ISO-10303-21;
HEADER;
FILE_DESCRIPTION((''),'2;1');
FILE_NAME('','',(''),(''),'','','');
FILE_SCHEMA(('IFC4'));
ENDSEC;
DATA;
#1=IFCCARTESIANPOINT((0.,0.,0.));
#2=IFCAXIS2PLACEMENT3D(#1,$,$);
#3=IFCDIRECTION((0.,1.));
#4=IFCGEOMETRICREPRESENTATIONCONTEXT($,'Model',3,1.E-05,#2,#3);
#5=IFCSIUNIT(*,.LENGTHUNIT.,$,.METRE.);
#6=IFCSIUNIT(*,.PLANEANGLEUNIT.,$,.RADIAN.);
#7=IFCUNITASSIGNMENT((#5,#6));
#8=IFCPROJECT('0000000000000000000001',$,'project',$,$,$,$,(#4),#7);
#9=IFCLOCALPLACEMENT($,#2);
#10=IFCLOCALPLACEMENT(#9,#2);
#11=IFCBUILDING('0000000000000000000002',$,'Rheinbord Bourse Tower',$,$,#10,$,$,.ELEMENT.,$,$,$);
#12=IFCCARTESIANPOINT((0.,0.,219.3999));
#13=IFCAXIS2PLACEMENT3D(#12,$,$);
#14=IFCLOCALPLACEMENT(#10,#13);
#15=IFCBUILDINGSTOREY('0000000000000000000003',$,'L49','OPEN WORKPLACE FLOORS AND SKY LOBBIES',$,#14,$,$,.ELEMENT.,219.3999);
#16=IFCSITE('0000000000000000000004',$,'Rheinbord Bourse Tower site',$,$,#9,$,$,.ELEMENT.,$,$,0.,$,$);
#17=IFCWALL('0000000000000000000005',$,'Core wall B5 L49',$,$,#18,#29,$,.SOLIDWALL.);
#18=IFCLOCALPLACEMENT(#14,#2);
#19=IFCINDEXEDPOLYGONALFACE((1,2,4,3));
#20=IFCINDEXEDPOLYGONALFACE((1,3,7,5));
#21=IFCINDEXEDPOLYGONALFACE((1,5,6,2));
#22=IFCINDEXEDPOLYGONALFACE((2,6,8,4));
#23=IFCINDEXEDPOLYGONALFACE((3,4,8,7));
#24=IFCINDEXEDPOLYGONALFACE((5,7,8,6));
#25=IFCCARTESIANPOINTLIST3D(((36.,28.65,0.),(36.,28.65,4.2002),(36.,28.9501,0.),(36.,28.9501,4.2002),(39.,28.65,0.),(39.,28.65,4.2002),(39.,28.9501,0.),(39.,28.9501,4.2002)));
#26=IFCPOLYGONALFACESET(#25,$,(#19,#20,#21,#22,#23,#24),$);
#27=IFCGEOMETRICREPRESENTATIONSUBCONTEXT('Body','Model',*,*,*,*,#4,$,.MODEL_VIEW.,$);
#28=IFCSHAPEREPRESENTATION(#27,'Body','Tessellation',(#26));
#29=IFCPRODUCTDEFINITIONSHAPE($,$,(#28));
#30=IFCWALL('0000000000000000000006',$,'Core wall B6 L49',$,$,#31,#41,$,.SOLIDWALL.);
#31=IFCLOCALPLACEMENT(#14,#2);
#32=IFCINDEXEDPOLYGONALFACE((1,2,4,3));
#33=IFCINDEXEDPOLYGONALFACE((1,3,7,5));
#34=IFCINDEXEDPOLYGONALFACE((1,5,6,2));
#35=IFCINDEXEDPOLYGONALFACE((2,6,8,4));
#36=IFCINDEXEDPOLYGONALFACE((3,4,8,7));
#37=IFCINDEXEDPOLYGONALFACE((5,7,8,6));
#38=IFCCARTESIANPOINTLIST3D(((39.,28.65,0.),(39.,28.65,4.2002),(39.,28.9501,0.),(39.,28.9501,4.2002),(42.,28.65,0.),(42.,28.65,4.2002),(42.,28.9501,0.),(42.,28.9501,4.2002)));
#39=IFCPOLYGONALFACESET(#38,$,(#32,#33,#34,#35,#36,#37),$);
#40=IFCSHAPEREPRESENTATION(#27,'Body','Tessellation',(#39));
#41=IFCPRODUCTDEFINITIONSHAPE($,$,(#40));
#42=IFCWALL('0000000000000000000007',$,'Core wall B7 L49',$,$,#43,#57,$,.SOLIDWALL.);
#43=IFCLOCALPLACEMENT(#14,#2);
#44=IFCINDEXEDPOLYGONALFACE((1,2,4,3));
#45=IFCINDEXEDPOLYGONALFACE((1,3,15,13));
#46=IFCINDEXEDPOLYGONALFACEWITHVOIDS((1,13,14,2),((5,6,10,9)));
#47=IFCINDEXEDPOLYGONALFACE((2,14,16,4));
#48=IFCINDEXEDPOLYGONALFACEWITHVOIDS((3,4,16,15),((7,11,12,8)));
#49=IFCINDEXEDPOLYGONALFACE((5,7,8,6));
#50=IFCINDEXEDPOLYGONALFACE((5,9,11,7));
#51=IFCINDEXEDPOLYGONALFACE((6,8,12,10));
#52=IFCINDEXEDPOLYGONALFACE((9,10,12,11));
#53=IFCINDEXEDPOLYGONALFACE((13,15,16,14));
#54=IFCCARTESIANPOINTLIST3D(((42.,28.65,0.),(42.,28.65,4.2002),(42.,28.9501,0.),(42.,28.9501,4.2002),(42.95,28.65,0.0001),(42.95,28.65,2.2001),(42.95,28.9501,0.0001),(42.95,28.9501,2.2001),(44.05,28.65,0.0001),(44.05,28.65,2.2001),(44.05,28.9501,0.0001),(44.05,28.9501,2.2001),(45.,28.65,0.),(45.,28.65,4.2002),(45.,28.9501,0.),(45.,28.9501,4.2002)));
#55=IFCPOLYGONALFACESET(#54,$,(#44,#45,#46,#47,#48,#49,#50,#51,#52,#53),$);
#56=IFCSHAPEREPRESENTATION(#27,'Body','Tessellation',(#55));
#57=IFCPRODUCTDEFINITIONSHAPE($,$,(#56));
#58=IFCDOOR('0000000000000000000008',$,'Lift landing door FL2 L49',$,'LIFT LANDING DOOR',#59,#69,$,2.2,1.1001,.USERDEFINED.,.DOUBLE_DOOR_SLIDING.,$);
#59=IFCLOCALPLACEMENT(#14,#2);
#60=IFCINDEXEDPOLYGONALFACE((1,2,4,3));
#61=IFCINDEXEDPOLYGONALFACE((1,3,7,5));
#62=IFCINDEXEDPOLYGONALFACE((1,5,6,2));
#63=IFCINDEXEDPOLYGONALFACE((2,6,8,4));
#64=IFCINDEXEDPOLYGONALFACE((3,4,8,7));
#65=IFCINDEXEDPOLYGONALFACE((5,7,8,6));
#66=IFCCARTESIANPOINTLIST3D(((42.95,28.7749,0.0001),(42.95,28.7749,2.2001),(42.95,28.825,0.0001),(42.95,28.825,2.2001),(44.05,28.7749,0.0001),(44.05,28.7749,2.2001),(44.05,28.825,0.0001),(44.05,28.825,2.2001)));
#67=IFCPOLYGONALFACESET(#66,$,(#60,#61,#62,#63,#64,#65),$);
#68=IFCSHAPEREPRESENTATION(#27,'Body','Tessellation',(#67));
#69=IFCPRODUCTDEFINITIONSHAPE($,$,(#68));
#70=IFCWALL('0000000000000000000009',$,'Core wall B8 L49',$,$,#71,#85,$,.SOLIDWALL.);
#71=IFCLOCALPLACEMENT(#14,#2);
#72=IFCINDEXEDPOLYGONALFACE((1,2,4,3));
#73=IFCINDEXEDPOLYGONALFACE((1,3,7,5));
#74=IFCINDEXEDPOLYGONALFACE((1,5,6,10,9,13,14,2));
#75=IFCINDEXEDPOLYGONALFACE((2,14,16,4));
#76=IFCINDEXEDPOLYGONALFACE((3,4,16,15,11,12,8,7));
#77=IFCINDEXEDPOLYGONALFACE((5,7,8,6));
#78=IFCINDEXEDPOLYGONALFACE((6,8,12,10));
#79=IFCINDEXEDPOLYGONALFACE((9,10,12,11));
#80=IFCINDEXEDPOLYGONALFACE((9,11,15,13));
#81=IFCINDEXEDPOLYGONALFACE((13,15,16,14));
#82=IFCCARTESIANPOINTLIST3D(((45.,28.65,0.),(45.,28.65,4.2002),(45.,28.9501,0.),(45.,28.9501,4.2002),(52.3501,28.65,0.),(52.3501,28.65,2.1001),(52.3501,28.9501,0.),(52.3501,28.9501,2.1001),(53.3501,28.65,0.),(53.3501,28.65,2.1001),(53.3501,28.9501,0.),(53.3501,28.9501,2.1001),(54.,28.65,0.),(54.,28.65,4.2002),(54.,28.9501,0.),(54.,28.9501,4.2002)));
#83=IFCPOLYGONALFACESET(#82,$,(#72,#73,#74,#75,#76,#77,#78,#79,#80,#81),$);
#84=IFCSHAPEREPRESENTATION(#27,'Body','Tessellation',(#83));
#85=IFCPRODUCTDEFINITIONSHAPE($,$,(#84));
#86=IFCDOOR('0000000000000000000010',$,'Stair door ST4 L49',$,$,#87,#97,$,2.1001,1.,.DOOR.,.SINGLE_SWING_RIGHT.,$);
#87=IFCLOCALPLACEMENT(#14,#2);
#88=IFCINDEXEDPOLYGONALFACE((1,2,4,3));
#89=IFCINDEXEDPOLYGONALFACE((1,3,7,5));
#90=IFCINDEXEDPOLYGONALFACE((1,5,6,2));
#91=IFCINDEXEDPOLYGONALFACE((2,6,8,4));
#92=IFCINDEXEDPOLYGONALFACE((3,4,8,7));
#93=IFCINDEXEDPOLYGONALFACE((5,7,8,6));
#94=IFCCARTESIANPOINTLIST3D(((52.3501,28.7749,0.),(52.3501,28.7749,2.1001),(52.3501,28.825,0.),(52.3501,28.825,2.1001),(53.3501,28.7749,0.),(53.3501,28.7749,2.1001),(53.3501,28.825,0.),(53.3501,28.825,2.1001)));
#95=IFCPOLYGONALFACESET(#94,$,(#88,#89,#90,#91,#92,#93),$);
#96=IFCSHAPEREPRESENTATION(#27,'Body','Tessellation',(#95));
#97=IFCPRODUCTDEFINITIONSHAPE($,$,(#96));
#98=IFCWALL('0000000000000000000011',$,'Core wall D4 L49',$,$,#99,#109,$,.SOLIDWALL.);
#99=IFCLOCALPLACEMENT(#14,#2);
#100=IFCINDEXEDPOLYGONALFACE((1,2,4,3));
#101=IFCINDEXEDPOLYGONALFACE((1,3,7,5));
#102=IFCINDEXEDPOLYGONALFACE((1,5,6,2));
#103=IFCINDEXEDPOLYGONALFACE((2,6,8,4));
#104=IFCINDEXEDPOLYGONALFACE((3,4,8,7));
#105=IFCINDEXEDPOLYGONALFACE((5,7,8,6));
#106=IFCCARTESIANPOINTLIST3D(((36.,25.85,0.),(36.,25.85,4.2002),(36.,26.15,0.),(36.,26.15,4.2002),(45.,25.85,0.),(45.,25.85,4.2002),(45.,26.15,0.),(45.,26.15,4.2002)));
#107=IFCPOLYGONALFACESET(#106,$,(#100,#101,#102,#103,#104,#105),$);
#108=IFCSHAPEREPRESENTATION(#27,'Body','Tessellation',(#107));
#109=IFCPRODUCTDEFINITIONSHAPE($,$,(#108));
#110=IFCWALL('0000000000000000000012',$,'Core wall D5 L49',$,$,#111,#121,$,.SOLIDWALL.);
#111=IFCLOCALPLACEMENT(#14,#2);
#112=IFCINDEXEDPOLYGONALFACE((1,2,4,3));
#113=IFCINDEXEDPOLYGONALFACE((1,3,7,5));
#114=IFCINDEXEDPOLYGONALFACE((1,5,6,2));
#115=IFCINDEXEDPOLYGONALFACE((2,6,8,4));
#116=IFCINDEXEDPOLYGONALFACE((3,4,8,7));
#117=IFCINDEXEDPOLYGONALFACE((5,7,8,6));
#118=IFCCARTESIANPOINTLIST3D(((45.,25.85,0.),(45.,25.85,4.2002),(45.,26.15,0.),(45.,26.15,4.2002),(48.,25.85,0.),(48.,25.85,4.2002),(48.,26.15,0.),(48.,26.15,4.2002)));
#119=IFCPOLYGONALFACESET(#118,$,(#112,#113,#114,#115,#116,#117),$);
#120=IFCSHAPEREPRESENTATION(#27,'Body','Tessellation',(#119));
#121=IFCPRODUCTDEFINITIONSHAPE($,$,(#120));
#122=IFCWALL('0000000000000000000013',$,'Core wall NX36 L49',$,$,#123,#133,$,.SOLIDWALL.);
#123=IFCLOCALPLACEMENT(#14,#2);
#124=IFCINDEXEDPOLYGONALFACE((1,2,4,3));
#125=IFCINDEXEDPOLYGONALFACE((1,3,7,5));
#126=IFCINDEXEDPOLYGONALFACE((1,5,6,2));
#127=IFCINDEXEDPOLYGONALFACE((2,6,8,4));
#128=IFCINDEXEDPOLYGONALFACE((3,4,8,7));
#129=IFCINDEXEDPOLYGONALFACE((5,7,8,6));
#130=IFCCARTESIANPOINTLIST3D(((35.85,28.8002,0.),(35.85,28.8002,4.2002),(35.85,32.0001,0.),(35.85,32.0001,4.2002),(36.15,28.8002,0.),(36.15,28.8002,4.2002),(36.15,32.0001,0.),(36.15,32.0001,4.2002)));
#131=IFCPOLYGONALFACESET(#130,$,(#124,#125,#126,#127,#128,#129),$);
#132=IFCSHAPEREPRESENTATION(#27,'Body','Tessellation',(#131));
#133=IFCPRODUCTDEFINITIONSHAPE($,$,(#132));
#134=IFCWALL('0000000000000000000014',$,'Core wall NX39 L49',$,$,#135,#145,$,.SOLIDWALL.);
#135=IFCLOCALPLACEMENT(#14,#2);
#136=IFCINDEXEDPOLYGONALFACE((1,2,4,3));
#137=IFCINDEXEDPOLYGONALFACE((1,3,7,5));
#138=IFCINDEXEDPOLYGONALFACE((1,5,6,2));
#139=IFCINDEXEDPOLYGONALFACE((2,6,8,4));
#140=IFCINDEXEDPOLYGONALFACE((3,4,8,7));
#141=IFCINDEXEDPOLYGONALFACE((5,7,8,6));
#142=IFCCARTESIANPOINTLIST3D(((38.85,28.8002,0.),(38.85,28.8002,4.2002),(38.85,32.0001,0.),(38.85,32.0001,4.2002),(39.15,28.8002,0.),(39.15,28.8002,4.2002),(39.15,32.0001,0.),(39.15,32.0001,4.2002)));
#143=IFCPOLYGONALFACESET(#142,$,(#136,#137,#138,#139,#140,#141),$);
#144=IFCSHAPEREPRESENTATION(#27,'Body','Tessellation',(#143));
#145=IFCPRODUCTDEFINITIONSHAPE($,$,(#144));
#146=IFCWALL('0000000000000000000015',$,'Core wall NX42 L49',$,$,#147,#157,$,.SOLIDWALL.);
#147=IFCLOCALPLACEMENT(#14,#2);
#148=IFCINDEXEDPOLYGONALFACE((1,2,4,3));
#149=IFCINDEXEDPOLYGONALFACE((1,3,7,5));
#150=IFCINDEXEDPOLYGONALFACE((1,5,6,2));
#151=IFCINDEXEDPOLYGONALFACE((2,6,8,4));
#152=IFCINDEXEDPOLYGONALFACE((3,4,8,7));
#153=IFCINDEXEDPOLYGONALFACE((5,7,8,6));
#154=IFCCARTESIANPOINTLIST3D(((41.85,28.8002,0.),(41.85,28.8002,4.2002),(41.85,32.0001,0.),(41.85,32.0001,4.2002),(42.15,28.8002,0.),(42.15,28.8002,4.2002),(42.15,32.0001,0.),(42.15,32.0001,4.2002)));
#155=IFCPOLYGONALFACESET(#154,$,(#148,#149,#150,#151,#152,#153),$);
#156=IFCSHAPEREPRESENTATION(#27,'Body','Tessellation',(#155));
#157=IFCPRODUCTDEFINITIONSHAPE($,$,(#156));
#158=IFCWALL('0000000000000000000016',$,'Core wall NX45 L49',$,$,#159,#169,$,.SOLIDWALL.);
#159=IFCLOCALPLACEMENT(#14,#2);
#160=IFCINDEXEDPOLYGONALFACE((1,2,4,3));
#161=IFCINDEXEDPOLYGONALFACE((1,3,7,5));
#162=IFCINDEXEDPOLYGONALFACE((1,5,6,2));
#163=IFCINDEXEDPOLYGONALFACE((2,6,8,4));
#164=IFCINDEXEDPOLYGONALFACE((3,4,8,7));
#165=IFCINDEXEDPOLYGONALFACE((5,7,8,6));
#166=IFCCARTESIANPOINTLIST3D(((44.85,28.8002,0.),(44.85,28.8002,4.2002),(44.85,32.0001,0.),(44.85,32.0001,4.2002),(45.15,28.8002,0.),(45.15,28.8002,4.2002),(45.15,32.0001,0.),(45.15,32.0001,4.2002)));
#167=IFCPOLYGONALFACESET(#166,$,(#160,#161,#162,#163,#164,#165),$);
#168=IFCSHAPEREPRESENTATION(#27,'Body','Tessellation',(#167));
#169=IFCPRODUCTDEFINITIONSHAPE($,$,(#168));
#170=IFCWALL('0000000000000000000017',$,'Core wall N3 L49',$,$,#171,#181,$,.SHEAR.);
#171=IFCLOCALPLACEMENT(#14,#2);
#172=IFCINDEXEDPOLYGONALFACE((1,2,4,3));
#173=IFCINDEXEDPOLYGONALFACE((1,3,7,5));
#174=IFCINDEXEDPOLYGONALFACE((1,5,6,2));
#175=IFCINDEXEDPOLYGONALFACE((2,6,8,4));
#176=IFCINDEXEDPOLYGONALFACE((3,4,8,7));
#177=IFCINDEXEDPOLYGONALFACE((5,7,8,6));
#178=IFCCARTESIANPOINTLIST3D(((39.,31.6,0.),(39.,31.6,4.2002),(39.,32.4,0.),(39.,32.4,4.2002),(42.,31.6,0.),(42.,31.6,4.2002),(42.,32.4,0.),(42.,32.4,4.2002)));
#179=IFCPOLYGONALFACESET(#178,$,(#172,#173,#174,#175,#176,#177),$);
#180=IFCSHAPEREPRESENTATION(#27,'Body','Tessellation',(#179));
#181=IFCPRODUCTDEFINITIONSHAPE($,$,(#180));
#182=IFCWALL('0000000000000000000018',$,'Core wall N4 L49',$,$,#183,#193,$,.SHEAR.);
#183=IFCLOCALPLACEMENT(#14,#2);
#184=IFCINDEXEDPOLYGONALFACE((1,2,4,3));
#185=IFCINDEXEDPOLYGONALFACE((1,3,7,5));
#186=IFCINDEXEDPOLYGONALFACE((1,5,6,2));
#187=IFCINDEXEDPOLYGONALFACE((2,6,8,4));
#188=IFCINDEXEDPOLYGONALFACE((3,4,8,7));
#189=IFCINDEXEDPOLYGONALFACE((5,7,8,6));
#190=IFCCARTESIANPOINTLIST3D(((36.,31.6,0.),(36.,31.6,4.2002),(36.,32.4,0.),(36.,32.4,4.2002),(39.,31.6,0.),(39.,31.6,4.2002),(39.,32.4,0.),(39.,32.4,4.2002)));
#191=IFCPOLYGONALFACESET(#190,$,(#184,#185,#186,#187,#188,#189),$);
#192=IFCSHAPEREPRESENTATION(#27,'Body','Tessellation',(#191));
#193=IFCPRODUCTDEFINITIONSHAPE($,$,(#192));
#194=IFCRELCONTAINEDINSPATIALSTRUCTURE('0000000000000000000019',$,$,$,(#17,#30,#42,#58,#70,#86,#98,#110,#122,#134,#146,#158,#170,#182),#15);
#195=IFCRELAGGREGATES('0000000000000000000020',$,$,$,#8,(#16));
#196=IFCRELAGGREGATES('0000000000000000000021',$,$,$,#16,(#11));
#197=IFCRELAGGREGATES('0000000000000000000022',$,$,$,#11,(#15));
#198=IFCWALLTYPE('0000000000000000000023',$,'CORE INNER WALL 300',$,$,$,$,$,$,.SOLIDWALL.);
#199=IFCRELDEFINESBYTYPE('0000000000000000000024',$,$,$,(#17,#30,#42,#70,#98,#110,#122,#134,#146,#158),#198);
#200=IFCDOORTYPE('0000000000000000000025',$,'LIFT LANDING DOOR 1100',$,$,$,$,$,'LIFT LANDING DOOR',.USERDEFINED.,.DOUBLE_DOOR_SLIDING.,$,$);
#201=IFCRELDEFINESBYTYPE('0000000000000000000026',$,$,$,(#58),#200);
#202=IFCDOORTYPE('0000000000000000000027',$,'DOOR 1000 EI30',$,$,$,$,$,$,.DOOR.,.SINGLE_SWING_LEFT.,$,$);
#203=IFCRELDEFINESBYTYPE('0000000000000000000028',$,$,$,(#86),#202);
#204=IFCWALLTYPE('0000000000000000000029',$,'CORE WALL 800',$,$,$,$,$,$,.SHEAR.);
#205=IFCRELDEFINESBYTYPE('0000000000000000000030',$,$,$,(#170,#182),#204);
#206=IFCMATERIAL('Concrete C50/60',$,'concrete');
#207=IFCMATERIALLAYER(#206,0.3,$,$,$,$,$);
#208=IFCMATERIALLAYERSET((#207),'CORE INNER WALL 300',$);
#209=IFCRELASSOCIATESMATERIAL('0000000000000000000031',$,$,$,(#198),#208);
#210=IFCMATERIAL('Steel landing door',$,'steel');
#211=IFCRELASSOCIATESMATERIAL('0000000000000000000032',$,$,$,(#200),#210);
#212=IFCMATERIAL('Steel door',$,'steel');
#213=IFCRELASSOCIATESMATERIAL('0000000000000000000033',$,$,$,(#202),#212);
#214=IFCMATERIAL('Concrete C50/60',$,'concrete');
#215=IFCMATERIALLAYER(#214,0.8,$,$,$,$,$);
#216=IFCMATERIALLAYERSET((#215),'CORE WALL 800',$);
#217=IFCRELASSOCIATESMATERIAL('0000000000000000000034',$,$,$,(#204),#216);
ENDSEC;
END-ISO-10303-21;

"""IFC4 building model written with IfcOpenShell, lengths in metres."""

from ifc_helpers import new_model, si_unit, direction, frame, frame_2d, origin, place, context, subcontext, project, spatial, rectangle, extrude, material, layer, layer_set, type_object, element, fill, save


model = new_model("IFC4")

# Units and contexts
model_context = context("Model", 3, precision=1e-05, world=origin(), true_north=direction((0.0, 1.0)))
body_context = subcontext(model_context, "Body", "Model", "MODEL_VIEW")
ifc_project = project(units=[si_unit("LENGTHUNIT", "METRE"), si_unit("PLANEANGLEUNIT", "RADIAN")], contexts=[model_context])

# Site, building, storey
site_placement = place(None, origin())
site = spatial("IfcSite", under=ifc_project, at=site_placement, Name="Rheinbord Bourse Tower site", CompositionType="ELEMENT", RefElevation=0.0)
building_placement = place(site_placement, origin())
building = spatial("IfcBuilding", under=site, at=building_placement, Name="Rheinbord Bourse Tower", CompositionType="ELEMENT")
storey_placement = place(building_placement, frame((0.0, 0.0, 219.3999)))
storey = spatial("IfcBuildingStorey", under=building, at=storey_placement, Name="L49", Description="OPEN WORKPLACE FLOORS AND SKY LOBBIES", CompositionType="ELEMENT", Elevation=219.3999)

# Walls
ifc_material_1 = material(Name="Concrete C50/60", Category="concrete")
ifc_layer_1 = layer(ifc_material_1, 0.3)
ifc_layer_set_1 = layer_set([ifc_layer_1], Name="CORE INNER WALL 300")
wall_type_1 = type_object("IfcWallType", Name="CORE INNER WALL 300", PredefinedType="SOLIDWALL", material=ifc_layer_set_1)
for number, where, z_axis, x_axis, name in (
    (1, (36.0, 28.8, 0.0), (0.0, 0.0, 1.0), (1.0, 0.0, 0.0), "Core wall B5 L49"),
    (2, (39.0, 28.8, 0.0), (0.0, 0.0, 1.0), (1.0, 0.0, 0.0), "Core wall B6 L49"),
):
    element("IfcWall", number, at=place(storey_placement, frame(where, z_axis=z_axis, x_axis=x_axis)), inside=storey, type_object=wall_type_1, Name=name, PredefinedType="SOLIDWALL", context=body_context, shape_type="SweptSolid", body=[
        extrude(rectangle(XDim=3.0, YDim=0.3, at=frame_2d((1.5, 0.0))), origin(), (0.0, 0.0, 1.0), 4.2002),
    ])

# Walls, openings, doors
wall_1_placement = place(storey_placement, frame((42.0, 28.8, 0.0), z_axis=(0.0, 0.0, 1.0), x_axis=(1.0, 0.0, 0.0)))
wall_1 = element("IfcWall", 3, at=wall_1_placement, inside=storey, type_object=wall_type_1, Name="Core wall B7 L49", PredefinedType="SOLIDWALL", context=body_context, shape_type="SweptSolid", body=[
    extrude(rectangle(XDim=3.0, YDim=0.3, at=frame_2d((1.5, 0.0))), origin(), (0.0, 0.0, 1.0), 4.2002),
])
opening_1_placement = place(wall_1_placement, frame((0.95, 0.0, 0.0)))
opening_1 = element("IfcOpeningElement", 4, at=opening_1_placement, cuts=wall_1, PredefinedType="OPENING", context=body_context, shape_type="SweptSolid", body=[
    extrude(rectangle(XDim=1.1001, YDim=2.2, at=frame_2d((0.55, 1.1001))), frame((0.0, 0.1599, 0.0), z_axis=(0.0, -1.0, 0.0), x_axis=(1.0, 0.0, 0.0)), (0.0, 0.0, 1.0), 0.3201),
])
ifc_material_2 = material(Name="Steel landing door", Category="steel")
door_type_1 = type_object("IfcDoorType", Name="LIFT LANDING DOOR 1100", ElementType="LIFT LANDING DOOR", OperationType="DOUBLE_DOOR_SLIDING", PredefinedType="USERDEFINED", material=ifc_material_2)
door_1_placement = place(opening_1_placement, origin())
door_1 = element("IfcDoor", 5, at=door_1_placement, inside=storey, type_object=door_type_1, Name="Lift landing door FL2 L49", ObjectType="LIFT LANDING DOOR", OperationType="DOUBLE_DOOR_SLIDING", OverallHeight=2.2, OverallWidth=1.1001, PredefinedType="USERDEFINED", context=body_context, shape_type="SweptSolid", body=[
    extrude(rectangle(XDim=1.1001, YDim=2.2, at=frame_2d((0.55, 1.1001))), frame((0.0, 0.0249, 0.0), z_axis=(0.0, -1.0, 0.0), x_axis=(1.0, 0.0, 0.0)), (0.0, 0.0, 1.0), 0.05),
])
fill(opening_1, door_1)
wall_2_placement = place(storey_placement, frame((45.0, 28.8, 0.0), z_axis=(0.0, 0.0, 1.0), x_axis=(1.0, 0.0, 0.0)))
wall_2 = element("IfcWall", 6, at=wall_2_placement, inside=storey, type_object=wall_type_1, Name="Core wall B8 L49", PredefinedType="SOLIDWALL", context=body_context, shape_type="SweptSolid", body=[
    extrude(rectangle(XDim=9.0, YDim=0.3, at=frame_2d((4.5, 0.0))), origin(), (0.0, 0.0, 1.0), 4.2002),
])
opening_2_placement = place(wall_2_placement, frame((7.3501, 0.0, 0.0)))
opening_2 = element("IfcOpeningElement", 7, at=opening_2_placement, cuts=wall_2, PredefinedType="OPENING", context=body_context, shape_type="SweptSolid", body=[
    extrude(rectangle(XDim=1.0, YDim=2.1001, at=frame_2d((0.5, 1.05))), frame((0.0, 0.1599, 0.0), z_axis=(0.0, -1.0, 0.0), x_axis=(1.0, 0.0, 0.0)), (0.0, 0.0, 1.0), 0.3201),
])
ifc_material_3 = material(Name="Steel door", Category="steel")
door_type_2 = type_object("IfcDoorType", Name="DOOR 1000 EI30", OperationType="SINGLE_SWING_LEFT", PredefinedType="DOOR", material=ifc_material_3)
door_2_placement = place(opening_2_placement, origin())
door_2 = element("IfcDoor", 8, at=door_2_placement, inside=storey, type_object=door_type_2, Name="Stair door ST4 L49", OperationType="SINGLE_SWING_RIGHT", OverallHeight=2.1001, OverallWidth=1.0, PredefinedType="DOOR", context=body_context, shape_type="SweptSolid", body=[
    extrude(rectangle(XDim=1.0, YDim=2.1001, at=frame_2d((0.5, 1.05))), frame((0.0, 0.0249, 0.0), z_axis=(0.0, -1.0, 0.0), x_axis=(1.0, 0.0, 0.0)), (0.0, 0.0, 1.0), 0.05),
])
fill(opening_2, door_2)

# Walls
wall_3_placement = place(storey_placement, frame((36.0, 26.0, 0.0), z_axis=(0.0, 0.0, 1.0), x_axis=(1.0, 0.0, 0.0)))
element("IfcWall", 9, at=wall_3_placement, inside=storey, type_object=wall_type_1, Name="Core wall D4 L49", PredefinedType="SOLIDWALL", context=body_context, shape_type="SweptSolid", body=[
    extrude(rectangle(XDim=9.0, YDim=0.3, at=frame_2d((4.5, 0.0))), origin(), (0.0, 0.0, 1.0), 4.2002),
])
wall_4_placement = place(storey_placement, frame((45.0, 26.0, 0.0), z_axis=(0.0, 0.0, 1.0), x_axis=(1.0, 0.0, 0.0)))
element("IfcWall", 10, at=wall_4_placement, inside=storey, type_object=wall_type_1, Name="Core wall D5 L49", PredefinedType="SOLIDWALL", context=body_context, shape_type="SweptSolid", body=[
    extrude(rectangle(XDim=3.0, YDim=0.3, at=frame_2d((1.5, 0.0))), origin(), (0.0, 0.0, 1.0), 4.2002),
])
for number, where, z_axis, x_axis, name in (
    (11, (36.0, 28.8, 0.0), (0.0, 0.0, 1.0), (0.0, 1.0, 0.0), "Core wall NX36 L49"),
    (12, (39.0, 28.8, 0.0), (0.0, 0.0, 1.0), (0.0, 1.0, 0.0), "Core wall NX39 L49"),
    (13, (42.0, 28.8, 0.0), (0.0, 0.0, 1.0), (0.0, 1.0, 0.0), "Core wall NX42 L49"),
    (14, (45.0, 28.8, 0.0), (0.0, 0.0, 1.0), (0.0, 1.0, 0.0), "Core wall NX45 L49"),
):
    element("IfcWall", number, at=place(storey_placement, frame(where, z_axis=z_axis, x_axis=x_axis)), inside=storey, type_object=wall_type_1, Name=name, PredefinedType="SOLIDWALL", context=body_context, shape_type="SweptSolid", body=[
        extrude(rectangle(XDim=3.2, YDim=0.3, at=frame_2d((1.6001, 0.0))), origin(), (0.0, 0.0, 1.0), 4.2002),
    ])
ifc_material_4 = material(Name="Concrete C50/60", Category="concrete")
ifc_layer_2 = layer(ifc_material_4, 0.8)
ifc_layer_set_2 = layer_set([ifc_layer_2], Name="CORE WALL 800")
wall_type_2 = type_object("IfcWallType", Name="CORE WALL 800", PredefinedType="SHEAR", material=ifc_layer_set_2)
for number, where, z_axis, x_axis, name in (
    (15, (42.0, 32.0, 0.0), (0.0, 0.0, 1.0), (-1.0, 0.0, 0.0), "Core wall N3 L49"),
    (16, (39.0, 32.0, 0.0), (0.0, 0.0, 1.0), (-1.0, 0.0, 0.0), "Core wall N4 L49"),
):
    element("IfcWall", number, at=place(storey_placement, frame(where, z_axis=z_axis, x_axis=x_axis)), inside=storey, type_object=wall_type_2, Name=name, PredefinedType="SHEAR", context=body_context, shape_type="SweptSolid", body=[
        extrude(rectangle(XDim=3.0, YDim=0.8, at=frame_2d((1.5, 0.0))), origin(), (0.0, 0.0, 1.0), 4.2002),
    ])

save(model, "model.ifc")
